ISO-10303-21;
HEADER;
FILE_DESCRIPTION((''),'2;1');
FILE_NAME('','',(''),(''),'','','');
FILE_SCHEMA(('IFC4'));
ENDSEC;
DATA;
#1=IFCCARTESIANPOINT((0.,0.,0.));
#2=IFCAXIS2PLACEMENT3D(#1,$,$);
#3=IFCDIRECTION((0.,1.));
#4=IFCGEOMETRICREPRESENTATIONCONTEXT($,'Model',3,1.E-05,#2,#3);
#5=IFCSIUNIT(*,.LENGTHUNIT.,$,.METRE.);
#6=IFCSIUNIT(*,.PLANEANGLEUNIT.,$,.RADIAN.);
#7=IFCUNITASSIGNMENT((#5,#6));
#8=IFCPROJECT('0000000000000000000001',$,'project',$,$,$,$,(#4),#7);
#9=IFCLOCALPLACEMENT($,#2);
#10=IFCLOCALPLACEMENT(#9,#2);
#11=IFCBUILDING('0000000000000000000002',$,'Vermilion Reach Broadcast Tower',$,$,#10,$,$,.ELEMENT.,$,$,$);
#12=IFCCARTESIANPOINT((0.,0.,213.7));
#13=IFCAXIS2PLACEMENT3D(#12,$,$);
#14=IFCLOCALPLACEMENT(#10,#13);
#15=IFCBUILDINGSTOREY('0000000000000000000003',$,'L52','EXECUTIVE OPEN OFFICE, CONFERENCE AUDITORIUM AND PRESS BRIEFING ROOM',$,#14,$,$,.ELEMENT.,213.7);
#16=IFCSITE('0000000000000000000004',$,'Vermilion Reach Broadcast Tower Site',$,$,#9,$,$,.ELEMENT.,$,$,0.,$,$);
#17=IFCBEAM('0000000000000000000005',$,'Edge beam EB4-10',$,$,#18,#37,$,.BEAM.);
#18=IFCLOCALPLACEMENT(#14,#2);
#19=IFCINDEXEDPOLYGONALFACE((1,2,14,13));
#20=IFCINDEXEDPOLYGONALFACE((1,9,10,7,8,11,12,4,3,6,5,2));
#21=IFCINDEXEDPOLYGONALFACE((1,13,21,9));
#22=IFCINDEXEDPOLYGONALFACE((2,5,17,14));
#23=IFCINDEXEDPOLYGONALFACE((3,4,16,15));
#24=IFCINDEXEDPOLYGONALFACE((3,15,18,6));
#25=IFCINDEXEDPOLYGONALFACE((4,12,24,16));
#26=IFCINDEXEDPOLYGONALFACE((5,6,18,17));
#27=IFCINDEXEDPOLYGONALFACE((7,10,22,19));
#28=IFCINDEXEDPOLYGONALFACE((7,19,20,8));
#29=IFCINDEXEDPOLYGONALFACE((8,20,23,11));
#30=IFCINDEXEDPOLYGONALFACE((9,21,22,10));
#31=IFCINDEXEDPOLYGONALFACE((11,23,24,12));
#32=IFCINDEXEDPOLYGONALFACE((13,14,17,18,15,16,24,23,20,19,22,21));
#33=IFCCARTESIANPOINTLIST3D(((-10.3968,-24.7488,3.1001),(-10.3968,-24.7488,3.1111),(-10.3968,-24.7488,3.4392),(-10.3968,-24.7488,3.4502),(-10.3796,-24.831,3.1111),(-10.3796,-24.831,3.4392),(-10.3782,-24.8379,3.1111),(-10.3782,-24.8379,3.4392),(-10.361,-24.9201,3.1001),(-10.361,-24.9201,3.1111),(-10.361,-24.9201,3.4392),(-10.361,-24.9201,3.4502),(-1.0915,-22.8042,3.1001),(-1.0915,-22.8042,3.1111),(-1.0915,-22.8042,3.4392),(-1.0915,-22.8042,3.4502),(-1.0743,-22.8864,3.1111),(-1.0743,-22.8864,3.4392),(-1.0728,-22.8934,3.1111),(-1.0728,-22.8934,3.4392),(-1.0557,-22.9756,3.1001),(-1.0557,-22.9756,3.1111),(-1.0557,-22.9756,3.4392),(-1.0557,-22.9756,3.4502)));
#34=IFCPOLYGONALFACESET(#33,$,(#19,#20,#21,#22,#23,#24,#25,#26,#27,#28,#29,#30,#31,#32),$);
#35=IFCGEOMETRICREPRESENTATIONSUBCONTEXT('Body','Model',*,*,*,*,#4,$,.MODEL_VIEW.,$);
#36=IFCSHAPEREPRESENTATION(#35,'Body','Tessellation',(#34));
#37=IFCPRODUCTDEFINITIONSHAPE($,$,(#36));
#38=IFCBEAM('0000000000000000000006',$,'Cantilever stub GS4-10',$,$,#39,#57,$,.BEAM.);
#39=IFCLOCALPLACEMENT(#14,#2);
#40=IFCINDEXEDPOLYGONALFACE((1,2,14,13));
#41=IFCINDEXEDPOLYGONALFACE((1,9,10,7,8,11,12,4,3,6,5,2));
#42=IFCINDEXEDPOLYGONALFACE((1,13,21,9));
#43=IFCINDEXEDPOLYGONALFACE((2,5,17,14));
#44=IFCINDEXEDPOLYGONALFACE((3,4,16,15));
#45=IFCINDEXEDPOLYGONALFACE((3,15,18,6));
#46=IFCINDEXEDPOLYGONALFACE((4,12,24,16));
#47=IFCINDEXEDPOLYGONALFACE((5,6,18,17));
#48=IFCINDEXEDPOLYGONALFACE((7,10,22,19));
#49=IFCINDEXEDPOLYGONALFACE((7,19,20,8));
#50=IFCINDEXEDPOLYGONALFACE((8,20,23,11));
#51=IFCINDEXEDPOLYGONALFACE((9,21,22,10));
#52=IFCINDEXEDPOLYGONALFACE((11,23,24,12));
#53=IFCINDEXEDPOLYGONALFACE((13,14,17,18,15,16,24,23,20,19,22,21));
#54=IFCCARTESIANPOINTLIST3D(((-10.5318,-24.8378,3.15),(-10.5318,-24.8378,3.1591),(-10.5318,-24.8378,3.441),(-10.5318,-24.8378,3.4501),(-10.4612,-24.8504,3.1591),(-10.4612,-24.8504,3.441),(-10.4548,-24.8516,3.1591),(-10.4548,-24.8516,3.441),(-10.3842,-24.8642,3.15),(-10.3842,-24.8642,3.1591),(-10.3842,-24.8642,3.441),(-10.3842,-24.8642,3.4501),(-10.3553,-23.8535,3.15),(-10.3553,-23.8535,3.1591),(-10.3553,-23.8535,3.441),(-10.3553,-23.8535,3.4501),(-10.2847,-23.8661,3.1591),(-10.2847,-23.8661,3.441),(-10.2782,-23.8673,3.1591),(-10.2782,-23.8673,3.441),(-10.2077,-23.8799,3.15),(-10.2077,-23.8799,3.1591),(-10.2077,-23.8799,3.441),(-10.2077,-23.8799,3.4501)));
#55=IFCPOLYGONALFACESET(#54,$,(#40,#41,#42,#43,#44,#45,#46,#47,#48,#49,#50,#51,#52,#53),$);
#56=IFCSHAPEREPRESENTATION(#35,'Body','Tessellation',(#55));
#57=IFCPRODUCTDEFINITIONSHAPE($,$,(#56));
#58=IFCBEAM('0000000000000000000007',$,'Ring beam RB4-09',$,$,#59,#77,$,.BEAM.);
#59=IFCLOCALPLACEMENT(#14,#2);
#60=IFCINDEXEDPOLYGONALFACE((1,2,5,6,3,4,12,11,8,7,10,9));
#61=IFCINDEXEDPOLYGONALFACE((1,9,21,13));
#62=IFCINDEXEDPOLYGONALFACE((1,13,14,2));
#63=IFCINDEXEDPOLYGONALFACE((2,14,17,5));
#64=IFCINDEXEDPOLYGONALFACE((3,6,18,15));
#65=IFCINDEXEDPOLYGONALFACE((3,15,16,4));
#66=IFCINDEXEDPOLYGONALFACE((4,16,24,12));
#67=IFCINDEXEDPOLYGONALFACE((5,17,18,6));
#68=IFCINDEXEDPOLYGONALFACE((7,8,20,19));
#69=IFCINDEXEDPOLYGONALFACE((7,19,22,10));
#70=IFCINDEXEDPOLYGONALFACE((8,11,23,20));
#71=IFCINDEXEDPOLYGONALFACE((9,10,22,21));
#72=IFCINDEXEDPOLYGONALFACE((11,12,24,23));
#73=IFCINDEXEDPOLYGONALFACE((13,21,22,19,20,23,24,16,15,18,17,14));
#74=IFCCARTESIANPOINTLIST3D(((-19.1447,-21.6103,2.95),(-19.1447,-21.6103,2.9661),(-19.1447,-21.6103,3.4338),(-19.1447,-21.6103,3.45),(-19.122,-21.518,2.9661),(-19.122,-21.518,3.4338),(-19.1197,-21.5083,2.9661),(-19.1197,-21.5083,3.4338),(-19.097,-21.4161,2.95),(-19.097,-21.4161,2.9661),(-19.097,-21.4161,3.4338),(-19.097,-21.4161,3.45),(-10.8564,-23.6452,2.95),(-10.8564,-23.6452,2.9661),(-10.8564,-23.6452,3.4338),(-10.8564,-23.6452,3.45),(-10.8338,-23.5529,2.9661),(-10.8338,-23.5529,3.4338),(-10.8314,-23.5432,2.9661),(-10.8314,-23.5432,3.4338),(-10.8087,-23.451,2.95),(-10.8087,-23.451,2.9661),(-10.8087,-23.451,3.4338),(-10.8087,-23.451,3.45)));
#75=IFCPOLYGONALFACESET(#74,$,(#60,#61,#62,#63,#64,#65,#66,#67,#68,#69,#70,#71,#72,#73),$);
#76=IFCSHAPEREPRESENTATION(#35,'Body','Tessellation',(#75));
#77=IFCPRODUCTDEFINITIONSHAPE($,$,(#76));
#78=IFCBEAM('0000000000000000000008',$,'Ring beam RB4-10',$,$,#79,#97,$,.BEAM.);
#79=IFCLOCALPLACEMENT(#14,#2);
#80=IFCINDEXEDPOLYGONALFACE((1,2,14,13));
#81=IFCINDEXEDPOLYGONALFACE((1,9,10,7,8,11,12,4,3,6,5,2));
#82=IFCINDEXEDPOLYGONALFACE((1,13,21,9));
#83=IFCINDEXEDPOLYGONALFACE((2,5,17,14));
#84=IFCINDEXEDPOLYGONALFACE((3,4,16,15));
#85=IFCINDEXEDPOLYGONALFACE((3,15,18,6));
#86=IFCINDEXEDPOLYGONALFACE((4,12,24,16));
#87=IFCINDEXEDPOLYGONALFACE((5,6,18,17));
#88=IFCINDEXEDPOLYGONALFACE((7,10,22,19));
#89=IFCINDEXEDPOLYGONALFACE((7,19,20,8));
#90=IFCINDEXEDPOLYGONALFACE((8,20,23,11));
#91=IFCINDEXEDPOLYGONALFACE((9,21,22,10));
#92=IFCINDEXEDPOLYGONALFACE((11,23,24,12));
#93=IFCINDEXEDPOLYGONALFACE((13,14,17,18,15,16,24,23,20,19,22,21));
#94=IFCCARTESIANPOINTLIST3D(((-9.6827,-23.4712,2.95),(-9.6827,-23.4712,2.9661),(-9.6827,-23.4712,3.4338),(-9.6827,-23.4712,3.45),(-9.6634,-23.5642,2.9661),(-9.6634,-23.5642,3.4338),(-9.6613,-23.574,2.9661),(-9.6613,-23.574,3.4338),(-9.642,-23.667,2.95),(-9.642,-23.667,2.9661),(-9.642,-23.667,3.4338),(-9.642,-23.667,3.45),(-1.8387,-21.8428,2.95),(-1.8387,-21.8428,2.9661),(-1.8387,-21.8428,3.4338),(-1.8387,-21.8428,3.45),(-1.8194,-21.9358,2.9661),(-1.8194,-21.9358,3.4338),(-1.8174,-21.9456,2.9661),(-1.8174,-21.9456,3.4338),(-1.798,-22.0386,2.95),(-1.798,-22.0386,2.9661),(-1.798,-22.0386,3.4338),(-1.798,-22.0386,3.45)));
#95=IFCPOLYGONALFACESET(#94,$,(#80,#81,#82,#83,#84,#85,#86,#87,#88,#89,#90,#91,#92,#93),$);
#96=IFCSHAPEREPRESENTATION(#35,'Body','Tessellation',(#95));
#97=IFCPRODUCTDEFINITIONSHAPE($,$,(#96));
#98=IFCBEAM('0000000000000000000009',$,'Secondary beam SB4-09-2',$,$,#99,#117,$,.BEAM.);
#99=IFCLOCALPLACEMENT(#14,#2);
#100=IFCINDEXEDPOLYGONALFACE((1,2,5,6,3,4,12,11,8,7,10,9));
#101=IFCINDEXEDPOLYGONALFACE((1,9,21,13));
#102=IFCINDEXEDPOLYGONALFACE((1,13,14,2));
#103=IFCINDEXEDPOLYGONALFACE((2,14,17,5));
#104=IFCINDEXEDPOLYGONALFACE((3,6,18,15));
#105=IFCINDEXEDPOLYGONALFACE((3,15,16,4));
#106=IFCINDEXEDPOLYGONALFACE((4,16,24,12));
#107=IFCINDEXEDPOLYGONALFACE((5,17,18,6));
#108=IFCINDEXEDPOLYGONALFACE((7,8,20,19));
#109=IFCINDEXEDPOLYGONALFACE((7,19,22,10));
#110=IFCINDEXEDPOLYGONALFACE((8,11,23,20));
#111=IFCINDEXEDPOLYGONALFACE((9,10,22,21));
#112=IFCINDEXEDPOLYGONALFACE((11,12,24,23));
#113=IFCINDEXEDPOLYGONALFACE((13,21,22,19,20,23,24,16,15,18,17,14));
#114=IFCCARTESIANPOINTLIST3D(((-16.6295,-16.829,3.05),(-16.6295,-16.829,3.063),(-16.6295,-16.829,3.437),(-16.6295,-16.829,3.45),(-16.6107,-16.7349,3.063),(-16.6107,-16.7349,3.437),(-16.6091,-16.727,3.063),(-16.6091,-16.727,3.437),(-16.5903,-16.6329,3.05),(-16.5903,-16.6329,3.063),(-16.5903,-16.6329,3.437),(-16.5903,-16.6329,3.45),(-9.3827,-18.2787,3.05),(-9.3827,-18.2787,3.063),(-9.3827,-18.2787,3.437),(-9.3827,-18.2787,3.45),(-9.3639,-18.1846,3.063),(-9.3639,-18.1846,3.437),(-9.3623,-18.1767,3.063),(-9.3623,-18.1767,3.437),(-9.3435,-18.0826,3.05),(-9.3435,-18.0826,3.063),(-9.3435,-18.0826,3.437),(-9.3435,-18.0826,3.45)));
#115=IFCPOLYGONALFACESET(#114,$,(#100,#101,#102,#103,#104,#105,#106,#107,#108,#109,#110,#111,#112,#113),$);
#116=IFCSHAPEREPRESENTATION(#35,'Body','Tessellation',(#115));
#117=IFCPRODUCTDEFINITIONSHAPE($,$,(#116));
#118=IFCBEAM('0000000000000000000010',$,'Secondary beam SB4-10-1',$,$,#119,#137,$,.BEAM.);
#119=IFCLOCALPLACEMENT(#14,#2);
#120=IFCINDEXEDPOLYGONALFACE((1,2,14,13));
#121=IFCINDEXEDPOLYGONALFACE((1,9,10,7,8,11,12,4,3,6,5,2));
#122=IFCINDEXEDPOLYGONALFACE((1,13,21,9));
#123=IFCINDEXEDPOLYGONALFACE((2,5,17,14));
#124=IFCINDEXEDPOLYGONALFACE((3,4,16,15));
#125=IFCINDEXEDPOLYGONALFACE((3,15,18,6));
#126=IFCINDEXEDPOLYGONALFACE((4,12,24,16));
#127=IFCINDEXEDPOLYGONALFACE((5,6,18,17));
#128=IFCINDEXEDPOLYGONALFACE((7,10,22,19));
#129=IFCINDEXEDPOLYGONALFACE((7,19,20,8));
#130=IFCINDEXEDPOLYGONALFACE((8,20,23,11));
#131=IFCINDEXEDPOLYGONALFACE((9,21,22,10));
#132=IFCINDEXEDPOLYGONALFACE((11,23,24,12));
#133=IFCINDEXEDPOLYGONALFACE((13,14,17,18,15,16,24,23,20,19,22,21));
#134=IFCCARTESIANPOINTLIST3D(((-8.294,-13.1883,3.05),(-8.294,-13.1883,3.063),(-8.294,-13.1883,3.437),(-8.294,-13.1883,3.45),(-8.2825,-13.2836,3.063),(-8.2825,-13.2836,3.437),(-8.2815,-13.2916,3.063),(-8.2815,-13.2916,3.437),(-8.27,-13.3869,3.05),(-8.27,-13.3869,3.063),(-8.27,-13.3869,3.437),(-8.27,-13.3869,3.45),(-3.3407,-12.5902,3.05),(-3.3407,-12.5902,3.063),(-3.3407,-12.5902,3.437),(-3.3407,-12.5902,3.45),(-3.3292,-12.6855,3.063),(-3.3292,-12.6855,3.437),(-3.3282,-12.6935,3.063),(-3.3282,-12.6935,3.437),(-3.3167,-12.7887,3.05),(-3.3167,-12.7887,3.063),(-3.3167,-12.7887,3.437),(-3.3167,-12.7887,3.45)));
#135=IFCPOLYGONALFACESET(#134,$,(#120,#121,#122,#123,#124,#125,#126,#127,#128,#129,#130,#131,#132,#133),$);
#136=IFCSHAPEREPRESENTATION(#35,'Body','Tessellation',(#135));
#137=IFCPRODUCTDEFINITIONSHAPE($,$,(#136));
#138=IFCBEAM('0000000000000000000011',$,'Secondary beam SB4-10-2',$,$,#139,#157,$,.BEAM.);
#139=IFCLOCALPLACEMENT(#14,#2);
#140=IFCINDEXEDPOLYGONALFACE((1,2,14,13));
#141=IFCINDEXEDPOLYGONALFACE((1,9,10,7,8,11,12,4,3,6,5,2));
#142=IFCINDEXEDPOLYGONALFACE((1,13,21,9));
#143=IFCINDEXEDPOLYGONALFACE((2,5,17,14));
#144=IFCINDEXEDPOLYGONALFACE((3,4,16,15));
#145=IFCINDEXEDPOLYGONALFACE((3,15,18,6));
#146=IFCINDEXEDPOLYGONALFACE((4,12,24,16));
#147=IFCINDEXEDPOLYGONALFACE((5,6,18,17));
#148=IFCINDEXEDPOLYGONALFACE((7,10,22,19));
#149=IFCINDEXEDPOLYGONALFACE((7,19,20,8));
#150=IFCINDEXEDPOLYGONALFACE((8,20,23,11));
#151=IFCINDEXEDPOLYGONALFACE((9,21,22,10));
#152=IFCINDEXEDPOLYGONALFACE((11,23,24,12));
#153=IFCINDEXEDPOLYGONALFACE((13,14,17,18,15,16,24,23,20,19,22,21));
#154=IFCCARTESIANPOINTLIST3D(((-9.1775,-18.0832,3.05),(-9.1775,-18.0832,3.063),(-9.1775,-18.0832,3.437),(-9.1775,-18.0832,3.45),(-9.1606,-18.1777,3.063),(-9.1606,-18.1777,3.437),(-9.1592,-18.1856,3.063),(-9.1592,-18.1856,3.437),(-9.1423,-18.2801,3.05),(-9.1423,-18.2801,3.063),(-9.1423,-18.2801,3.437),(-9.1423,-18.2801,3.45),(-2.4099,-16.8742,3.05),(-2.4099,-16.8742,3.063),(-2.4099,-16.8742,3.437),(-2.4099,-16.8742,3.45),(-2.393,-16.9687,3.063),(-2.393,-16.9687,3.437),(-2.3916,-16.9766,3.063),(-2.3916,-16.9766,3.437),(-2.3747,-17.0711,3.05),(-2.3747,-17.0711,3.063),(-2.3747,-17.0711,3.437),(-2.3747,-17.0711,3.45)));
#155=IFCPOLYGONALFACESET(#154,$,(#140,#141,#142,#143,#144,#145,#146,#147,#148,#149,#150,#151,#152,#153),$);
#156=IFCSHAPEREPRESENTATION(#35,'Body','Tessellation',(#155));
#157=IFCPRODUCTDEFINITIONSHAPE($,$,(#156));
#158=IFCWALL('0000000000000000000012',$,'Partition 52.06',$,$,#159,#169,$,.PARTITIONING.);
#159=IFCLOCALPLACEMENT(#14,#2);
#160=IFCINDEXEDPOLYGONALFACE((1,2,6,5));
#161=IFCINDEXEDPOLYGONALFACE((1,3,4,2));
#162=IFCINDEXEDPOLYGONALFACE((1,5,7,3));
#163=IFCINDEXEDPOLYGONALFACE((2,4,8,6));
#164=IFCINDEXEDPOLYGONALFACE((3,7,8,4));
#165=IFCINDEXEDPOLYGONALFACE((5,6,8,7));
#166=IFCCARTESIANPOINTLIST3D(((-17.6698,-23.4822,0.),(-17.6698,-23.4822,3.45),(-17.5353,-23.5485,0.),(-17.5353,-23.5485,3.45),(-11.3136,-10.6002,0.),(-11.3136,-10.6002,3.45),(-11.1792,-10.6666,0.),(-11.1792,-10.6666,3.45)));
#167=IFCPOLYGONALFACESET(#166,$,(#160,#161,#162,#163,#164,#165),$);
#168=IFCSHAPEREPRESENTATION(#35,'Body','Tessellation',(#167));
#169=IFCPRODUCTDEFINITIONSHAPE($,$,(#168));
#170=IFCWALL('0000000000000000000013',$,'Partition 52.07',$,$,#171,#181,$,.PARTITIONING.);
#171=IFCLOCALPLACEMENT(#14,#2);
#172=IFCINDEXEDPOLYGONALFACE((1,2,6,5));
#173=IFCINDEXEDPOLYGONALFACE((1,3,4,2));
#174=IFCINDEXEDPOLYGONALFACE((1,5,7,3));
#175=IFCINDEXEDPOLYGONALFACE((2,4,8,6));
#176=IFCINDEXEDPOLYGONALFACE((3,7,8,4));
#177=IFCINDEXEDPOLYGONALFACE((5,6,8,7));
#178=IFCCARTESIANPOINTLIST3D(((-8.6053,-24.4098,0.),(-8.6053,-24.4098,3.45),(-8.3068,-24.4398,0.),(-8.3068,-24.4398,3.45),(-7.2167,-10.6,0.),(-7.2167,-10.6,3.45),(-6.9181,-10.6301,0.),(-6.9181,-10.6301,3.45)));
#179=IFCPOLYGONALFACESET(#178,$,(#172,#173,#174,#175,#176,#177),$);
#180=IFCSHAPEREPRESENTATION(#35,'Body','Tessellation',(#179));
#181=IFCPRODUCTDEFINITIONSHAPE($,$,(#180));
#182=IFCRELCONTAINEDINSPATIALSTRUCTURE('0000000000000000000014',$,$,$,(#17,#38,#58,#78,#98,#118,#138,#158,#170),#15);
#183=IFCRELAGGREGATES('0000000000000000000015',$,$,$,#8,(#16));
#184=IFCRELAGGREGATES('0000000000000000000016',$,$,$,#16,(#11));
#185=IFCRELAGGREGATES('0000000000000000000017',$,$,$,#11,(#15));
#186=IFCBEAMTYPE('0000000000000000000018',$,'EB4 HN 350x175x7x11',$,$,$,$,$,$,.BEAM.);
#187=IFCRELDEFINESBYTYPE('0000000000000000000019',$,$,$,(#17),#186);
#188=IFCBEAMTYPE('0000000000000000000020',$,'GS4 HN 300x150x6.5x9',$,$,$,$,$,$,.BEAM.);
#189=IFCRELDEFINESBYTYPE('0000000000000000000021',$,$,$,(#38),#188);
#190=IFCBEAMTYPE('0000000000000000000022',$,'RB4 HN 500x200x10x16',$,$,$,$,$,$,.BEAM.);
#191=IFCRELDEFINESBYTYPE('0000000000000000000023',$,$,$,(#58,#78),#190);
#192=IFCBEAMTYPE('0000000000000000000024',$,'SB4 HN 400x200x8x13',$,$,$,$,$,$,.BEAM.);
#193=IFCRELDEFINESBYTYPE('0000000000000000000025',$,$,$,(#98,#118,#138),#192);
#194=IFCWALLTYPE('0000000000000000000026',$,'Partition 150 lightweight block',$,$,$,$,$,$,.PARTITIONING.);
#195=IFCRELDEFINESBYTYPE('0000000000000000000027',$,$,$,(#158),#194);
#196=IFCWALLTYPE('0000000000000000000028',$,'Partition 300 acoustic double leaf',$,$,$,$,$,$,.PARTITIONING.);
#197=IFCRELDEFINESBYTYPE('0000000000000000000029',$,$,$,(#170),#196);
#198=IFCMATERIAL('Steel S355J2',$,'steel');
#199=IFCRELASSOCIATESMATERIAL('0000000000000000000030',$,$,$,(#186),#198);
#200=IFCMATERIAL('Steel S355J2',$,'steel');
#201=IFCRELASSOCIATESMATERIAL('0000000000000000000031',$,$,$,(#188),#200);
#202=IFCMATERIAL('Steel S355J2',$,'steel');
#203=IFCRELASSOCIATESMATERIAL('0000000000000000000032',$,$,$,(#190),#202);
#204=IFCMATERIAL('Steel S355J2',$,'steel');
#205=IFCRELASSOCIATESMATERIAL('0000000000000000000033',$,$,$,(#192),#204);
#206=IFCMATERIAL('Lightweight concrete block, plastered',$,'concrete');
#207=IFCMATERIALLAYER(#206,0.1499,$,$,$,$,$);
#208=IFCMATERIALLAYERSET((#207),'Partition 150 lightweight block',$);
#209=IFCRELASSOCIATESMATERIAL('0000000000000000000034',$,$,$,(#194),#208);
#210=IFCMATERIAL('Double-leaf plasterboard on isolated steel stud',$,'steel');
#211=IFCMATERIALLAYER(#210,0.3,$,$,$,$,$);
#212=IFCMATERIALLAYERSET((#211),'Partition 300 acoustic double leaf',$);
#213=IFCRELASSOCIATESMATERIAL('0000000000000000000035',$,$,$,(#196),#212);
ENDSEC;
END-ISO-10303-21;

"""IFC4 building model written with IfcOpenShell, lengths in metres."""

from ifc_helpers import new_model, si_unit, direction, frame, frame_2d, origin, origin_2d, place, context, subcontext, project, spatial, rectangle, i_section, extrude, material, layer, layer_set, material_profile, profile_set, type_object, element, save


model = new_model("IFC4")

# Units and contexts
model_context = context("Model", 3, precision=1e-05, world=origin(), true_north=direction((0.0, 1.0)))
body_context = subcontext(model_context, "Body", "Model", "MODEL_VIEW")
ifc_project = project(units=[si_unit("LENGTHUNIT", "METRE"), si_unit("PLANEANGLEUNIT", "RADIAN")], contexts=[model_context])

# Site, building, storey
site_placement = place(None, origin())
site = spatial("IfcSite", under=ifc_project, at=site_placement, Name="Vermilion Reach Broadcast Tower Site", CompositionType="ELEMENT", RefElevation=0.0)
building_placement = place(site_placement, origin())
building = spatial("IfcBuilding", under=site, at=building_placement, Name="Vermilion Reach Broadcast Tower", CompositionType="ELEMENT")
storey_placement = place(building_placement, frame((0.0, 0.0, 213.7)))
storey = spatial("IfcBuildingStorey", under=building, at=storey_placement, Name="L52", Description="EXECUTIVE OPEN OFFICE, CONFERENCE AUDITORIUM AND PRESS BRIEFING ROOM", CompositionType="ELEMENT", Elevation=213.7)

# Beams
ifc_material_1 = material(Name="Steel S355J2", Category="steel")
ifc_material_profile_1 = material_profile(ifc_material_1, i_section(OverallWidth=0.175, OverallDepth=0.3501, WebThickness=0.0071, FlangeThickness=0.011, at=origin_2d()), Name="S355J2 HN 350x175x7x11")
ifc_profile_set_1 = profile_set([ifc_material_profile_1], Name="Steel S355J2")
beam_type_1 = type_object("IfcBeamType", Name="EB4 HN 350x175x7x11", PredefinedType="BEAM", material=ifc_profile_set_1)
beam_1_placement = place(storey_placement, frame((-10.3789, -24.8345, 3.2751), z_axis=(0.978855, 0.204554, 0.0), x_axis=(-0.204554, 0.978855, 0.0)))
element("IfcBeam", 1, at=beam_1_placement, inside=storey, type_object=beam_type_1, Name="Edge beam EB4-10", PredefinedType="BEAM", context=body_context, shape_type="SweptSolid", body=[
    extrude(i_section(OverallWidth=0.175, OverallDepth=0.3501, WebThickness=0.0071, FlangeThickness=0.011, at=origin_2d()), origin(), (0.0, 0.0, 1.0), 9.5063),
])
ifc_material_2 = material(Name="Steel S355J2", Category="steel")
ifc_material_profile_2 = material_profile(ifc_material_2, i_section(OverallWidth=0.1499, OverallDepth=0.3, WebThickness=0.0066, FlangeThickness=0.009, at=origin_2d()), Name="S355J2 HN 300x150x6.5x9")
ifc_profile_set_2 = profile_set([ifc_material_profile_2], Name="Steel S355J2")
beam_type_2 = type_object("IfcBeamType", Name="GS4 HN 300x150x6.5x9", PredefinedType="BEAM", material=ifc_profile_set_2)
beam_2_placement = place(storey_placement, frame((-10.2815, -23.8667, 3.3), z_axis=(-0.1765, -0.984301, 0.0), x_axis=(0.984301, -0.1765, 0.0)))
element("IfcBeam", 2, at=beam_2_placement, inside=storey, type_object=beam_type_2, Name="Cantilever stub GS4-10", PredefinedType="BEAM", context=body_context, shape_type="SweptSolid", body=[
    extrude(i_section(OverallWidth=0.1499, OverallDepth=0.3, WebThickness=0.0066, FlangeThickness=0.009, at=origin_2d()), origin(), (0.0, 0.0, 1.0), 1.0),
])
ifc_material_3 = material(Name="Steel S355J2", Category="steel")
ifc_material_profile_3 = material_profile(ifc_material_3, i_section(OverallWidth=0.2, OverallDepth=0.5, WebThickness=0.01, FlangeThickness=0.0161, at=origin_2d()), Name="S355J2 HN 500x200x10x16")
ifc_profile_set_3 = profile_set([ifc_material_profile_3], Name="Steel S355J2")
beam_type_3 = type_object("IfcBeamType", Name="RB4 HN 500x200x10x16", PredefinedType="BEAM", material=ifc_profile_set_3)
beam_3_placement = place(storey_placement, frame((-19.1208, -21.5132, 3.2), z_axis=(0.971159, -0.238434, 0.0), x_axis=(0.238434, 0.971159, 0.0)))
element("IfcBeam", 3, at=beam_3_placement, inside=storey, type_object=beam_type_3, Name="Ring beam RB4-09", PredefinedType="BEAM", context=body_context, shape_type="SweptSolid", body=[
    extrude(i_section(OverallWidth=0.2, OverallDepth=0.5, WebThickness=0.01, FlangeThickness=0.0161, at=origin_2d()), origin(), (0.0, 0.0, 1.0), 8.5344),
])
beam_4_placement = place(storey_placement, frame((-9.6624, -23.5691, 3.2), z_axis=(0.979123, 0.203267, 0.0), x_axis=(-0.203267, 0.979123, 0.0)))
element("IfcBeam", 4, at=beam_4_placement, inside=storey, type_object=beam_type_3, Name="Ring beam RB4-10", PredefinedType="BEAM", context=body_context, shape_type="SweptSolid", body=[
    extrude(i_section(OverallWidth=0.2, OverallDepth=0.5, WebThickness=0.01, FlangeThickness=0.0161, at=origin_2d()), origin(), (0.0, 0.0, 1.0), 8.0112),
])
ifc_material_4 = material(Name="Steel S355J2", Category="steel")
ifc_material_profile_4 = material_profile(ifc_material_4, i_section(OverallWidth=0.2, OverallDepth=0.3999, WebThickness=0.0081, FlangeThickness=0.0129, at=origin_2d()), Name="S355J2 HN 400x200x8x13")
ifc_profile_set_4 = profile_set([ifc_material_profile_4], Name="Steel S355J2")
beam_type_4 = type_object("IfcBeamType", Name="SB4 HN 400x200x8x13", PredefinedType="BEAM", material=ifc_profile_set_4)
beam_5_placement = place(storey_placement, frame((-16.6099, -16.731, 3.25), z_axis=(0.980572, -0.196161, 0.0), x_axis=(0.196161, 0.980572, 0.0)))
element("IfcBeam", 5, at=beam_5_placement, inside=storey, type_object=beam_type_4, Name="Secondary beam SB4-09-2", PredefinedType="BEAM", context=body_context, shape_type="SweptSolid", body=[
    extrude(i_section(OverallWidth=0.2, OverallDepth=0.3999, WebThickness=0.0081, FlangeThickness=0.0129, at=origin_2d()), origin(), (0.0, 0.0, 1.0), 7.3904),
])
beam_6_placement = place(storey_placement, frame((-8.282, -13.2876, 3.25), z_axis=(0.992788, 0.119884, 0.0), x_axis=(-0.119884, 0.992788, 0.0)))
element("IfcBeam", 6, at=beam_6_placement, inside=storey, type_object=beam_type_4, Name="Secondary beam SB4-10-1", PredefinedType="BEAM", context=body_context, shape_type="SweptSolid", body=[
    extrude(i_section(OverallWidth=0.2, OverallDepth=0.3999, WebThickness=0.0081, FlangeThickness=0.0129, at=origin_2d()), origin(), (0.0, 0.0, 1.0), 4.9893),
])
beam_7_placement = place(storey_placement, frame((-9.1599, -18.1816, 3.25), z_axis=(0.984415, 0.175859, 0.0), x_axis=(-0.175859, 0.984415, 0.0)))
element("IfcBeam", 7, at=beam_7_placement, inside=storey, type_object=beam_type_4, Name="Secondary beam SB4-10-2", PredefinedType="BEAM", context=body_context, shape_type="SweptSolid", body=[
    extrude(i_section(OverallWidth=0.2, OverallDepth=0.3999, WebThickness=0.0081, FlangeThickness=0.0129, at=origin_2d()), origin(), (0.0, 0.0, 1.0), 6.8748),
])

# Walls
ifc_material_5 = material(Name="Lightweight concrete block, plastered", Category="concrete")
ifc_layer_1 = layer(ifc_material_5, 0.1499)
ifc_layer_set_1 = layer_set([ifc_layer_1], Name="Partition 150 lightweight block")
wall_type_1 = type_object("IfcWallType", Name="Partition 150 lightweight block", PredefinedType="PARTITIONING", material=ifc_layer_set_1)
wall_1_placement = place(storey_placement, frame((-17.6025, -23.5154, 0.0), z_axis=(0.0, 0.0, 1.0), x_axis=(0.442483, 0.896777, 0.0)))
element("IfcWall", 8, at=wall_1_placement, inside=storey, type_object=wall_type_1, Name="Partition 52.06", PredefinedType="PARTITIONING", context=body_context, shape_type="SweptSolid", body=[
    extrude(rectangle(XDim=14.3647, YDim=0.1499, at=frame_2d((7.1824, 0.0))), origin(), (0.0, 0.0, 1.0), 3.45),
])
ifc_material_6 = material(Name="Double-leaf plasterboard on isolated steel stud", Category="steel")
ifc_layer_2 = layer(ifc_material_6, 0.3)
ifc_layer_set_2 = layer_set([ifc_layer_2], Name="Partition 300 acoustic double leaf")
wall_type_2 = type_object("IfcWallType", Name="Partition 300 acoustic double leaf", PredefinedType="PARTITIONING", material=ifc_layer_set_2)
wall_2_placement = place(storey_placement, frame((-8.4561, -24.4248, 0.0), z_axis=(0.0, 0.0, 1.0), x_axis=(0.100052, 0.994982, 0.0)))
element("IfcWall", 9, at=wall_2_placement, inside=storey, type_object=wall_type_2, Name="Partition 52.07", PredefinedType="PARTITIONING", context=body_context, shape_type="SweptSolid", body=[
    extrude(rectangle(XDim=13.8794, YDim=0.3, at=frame_2d((6.9397, 0.0))), origin(), (0.0, 0.0, 1.0), 3.45),
])

save(model, "model.ifc")
